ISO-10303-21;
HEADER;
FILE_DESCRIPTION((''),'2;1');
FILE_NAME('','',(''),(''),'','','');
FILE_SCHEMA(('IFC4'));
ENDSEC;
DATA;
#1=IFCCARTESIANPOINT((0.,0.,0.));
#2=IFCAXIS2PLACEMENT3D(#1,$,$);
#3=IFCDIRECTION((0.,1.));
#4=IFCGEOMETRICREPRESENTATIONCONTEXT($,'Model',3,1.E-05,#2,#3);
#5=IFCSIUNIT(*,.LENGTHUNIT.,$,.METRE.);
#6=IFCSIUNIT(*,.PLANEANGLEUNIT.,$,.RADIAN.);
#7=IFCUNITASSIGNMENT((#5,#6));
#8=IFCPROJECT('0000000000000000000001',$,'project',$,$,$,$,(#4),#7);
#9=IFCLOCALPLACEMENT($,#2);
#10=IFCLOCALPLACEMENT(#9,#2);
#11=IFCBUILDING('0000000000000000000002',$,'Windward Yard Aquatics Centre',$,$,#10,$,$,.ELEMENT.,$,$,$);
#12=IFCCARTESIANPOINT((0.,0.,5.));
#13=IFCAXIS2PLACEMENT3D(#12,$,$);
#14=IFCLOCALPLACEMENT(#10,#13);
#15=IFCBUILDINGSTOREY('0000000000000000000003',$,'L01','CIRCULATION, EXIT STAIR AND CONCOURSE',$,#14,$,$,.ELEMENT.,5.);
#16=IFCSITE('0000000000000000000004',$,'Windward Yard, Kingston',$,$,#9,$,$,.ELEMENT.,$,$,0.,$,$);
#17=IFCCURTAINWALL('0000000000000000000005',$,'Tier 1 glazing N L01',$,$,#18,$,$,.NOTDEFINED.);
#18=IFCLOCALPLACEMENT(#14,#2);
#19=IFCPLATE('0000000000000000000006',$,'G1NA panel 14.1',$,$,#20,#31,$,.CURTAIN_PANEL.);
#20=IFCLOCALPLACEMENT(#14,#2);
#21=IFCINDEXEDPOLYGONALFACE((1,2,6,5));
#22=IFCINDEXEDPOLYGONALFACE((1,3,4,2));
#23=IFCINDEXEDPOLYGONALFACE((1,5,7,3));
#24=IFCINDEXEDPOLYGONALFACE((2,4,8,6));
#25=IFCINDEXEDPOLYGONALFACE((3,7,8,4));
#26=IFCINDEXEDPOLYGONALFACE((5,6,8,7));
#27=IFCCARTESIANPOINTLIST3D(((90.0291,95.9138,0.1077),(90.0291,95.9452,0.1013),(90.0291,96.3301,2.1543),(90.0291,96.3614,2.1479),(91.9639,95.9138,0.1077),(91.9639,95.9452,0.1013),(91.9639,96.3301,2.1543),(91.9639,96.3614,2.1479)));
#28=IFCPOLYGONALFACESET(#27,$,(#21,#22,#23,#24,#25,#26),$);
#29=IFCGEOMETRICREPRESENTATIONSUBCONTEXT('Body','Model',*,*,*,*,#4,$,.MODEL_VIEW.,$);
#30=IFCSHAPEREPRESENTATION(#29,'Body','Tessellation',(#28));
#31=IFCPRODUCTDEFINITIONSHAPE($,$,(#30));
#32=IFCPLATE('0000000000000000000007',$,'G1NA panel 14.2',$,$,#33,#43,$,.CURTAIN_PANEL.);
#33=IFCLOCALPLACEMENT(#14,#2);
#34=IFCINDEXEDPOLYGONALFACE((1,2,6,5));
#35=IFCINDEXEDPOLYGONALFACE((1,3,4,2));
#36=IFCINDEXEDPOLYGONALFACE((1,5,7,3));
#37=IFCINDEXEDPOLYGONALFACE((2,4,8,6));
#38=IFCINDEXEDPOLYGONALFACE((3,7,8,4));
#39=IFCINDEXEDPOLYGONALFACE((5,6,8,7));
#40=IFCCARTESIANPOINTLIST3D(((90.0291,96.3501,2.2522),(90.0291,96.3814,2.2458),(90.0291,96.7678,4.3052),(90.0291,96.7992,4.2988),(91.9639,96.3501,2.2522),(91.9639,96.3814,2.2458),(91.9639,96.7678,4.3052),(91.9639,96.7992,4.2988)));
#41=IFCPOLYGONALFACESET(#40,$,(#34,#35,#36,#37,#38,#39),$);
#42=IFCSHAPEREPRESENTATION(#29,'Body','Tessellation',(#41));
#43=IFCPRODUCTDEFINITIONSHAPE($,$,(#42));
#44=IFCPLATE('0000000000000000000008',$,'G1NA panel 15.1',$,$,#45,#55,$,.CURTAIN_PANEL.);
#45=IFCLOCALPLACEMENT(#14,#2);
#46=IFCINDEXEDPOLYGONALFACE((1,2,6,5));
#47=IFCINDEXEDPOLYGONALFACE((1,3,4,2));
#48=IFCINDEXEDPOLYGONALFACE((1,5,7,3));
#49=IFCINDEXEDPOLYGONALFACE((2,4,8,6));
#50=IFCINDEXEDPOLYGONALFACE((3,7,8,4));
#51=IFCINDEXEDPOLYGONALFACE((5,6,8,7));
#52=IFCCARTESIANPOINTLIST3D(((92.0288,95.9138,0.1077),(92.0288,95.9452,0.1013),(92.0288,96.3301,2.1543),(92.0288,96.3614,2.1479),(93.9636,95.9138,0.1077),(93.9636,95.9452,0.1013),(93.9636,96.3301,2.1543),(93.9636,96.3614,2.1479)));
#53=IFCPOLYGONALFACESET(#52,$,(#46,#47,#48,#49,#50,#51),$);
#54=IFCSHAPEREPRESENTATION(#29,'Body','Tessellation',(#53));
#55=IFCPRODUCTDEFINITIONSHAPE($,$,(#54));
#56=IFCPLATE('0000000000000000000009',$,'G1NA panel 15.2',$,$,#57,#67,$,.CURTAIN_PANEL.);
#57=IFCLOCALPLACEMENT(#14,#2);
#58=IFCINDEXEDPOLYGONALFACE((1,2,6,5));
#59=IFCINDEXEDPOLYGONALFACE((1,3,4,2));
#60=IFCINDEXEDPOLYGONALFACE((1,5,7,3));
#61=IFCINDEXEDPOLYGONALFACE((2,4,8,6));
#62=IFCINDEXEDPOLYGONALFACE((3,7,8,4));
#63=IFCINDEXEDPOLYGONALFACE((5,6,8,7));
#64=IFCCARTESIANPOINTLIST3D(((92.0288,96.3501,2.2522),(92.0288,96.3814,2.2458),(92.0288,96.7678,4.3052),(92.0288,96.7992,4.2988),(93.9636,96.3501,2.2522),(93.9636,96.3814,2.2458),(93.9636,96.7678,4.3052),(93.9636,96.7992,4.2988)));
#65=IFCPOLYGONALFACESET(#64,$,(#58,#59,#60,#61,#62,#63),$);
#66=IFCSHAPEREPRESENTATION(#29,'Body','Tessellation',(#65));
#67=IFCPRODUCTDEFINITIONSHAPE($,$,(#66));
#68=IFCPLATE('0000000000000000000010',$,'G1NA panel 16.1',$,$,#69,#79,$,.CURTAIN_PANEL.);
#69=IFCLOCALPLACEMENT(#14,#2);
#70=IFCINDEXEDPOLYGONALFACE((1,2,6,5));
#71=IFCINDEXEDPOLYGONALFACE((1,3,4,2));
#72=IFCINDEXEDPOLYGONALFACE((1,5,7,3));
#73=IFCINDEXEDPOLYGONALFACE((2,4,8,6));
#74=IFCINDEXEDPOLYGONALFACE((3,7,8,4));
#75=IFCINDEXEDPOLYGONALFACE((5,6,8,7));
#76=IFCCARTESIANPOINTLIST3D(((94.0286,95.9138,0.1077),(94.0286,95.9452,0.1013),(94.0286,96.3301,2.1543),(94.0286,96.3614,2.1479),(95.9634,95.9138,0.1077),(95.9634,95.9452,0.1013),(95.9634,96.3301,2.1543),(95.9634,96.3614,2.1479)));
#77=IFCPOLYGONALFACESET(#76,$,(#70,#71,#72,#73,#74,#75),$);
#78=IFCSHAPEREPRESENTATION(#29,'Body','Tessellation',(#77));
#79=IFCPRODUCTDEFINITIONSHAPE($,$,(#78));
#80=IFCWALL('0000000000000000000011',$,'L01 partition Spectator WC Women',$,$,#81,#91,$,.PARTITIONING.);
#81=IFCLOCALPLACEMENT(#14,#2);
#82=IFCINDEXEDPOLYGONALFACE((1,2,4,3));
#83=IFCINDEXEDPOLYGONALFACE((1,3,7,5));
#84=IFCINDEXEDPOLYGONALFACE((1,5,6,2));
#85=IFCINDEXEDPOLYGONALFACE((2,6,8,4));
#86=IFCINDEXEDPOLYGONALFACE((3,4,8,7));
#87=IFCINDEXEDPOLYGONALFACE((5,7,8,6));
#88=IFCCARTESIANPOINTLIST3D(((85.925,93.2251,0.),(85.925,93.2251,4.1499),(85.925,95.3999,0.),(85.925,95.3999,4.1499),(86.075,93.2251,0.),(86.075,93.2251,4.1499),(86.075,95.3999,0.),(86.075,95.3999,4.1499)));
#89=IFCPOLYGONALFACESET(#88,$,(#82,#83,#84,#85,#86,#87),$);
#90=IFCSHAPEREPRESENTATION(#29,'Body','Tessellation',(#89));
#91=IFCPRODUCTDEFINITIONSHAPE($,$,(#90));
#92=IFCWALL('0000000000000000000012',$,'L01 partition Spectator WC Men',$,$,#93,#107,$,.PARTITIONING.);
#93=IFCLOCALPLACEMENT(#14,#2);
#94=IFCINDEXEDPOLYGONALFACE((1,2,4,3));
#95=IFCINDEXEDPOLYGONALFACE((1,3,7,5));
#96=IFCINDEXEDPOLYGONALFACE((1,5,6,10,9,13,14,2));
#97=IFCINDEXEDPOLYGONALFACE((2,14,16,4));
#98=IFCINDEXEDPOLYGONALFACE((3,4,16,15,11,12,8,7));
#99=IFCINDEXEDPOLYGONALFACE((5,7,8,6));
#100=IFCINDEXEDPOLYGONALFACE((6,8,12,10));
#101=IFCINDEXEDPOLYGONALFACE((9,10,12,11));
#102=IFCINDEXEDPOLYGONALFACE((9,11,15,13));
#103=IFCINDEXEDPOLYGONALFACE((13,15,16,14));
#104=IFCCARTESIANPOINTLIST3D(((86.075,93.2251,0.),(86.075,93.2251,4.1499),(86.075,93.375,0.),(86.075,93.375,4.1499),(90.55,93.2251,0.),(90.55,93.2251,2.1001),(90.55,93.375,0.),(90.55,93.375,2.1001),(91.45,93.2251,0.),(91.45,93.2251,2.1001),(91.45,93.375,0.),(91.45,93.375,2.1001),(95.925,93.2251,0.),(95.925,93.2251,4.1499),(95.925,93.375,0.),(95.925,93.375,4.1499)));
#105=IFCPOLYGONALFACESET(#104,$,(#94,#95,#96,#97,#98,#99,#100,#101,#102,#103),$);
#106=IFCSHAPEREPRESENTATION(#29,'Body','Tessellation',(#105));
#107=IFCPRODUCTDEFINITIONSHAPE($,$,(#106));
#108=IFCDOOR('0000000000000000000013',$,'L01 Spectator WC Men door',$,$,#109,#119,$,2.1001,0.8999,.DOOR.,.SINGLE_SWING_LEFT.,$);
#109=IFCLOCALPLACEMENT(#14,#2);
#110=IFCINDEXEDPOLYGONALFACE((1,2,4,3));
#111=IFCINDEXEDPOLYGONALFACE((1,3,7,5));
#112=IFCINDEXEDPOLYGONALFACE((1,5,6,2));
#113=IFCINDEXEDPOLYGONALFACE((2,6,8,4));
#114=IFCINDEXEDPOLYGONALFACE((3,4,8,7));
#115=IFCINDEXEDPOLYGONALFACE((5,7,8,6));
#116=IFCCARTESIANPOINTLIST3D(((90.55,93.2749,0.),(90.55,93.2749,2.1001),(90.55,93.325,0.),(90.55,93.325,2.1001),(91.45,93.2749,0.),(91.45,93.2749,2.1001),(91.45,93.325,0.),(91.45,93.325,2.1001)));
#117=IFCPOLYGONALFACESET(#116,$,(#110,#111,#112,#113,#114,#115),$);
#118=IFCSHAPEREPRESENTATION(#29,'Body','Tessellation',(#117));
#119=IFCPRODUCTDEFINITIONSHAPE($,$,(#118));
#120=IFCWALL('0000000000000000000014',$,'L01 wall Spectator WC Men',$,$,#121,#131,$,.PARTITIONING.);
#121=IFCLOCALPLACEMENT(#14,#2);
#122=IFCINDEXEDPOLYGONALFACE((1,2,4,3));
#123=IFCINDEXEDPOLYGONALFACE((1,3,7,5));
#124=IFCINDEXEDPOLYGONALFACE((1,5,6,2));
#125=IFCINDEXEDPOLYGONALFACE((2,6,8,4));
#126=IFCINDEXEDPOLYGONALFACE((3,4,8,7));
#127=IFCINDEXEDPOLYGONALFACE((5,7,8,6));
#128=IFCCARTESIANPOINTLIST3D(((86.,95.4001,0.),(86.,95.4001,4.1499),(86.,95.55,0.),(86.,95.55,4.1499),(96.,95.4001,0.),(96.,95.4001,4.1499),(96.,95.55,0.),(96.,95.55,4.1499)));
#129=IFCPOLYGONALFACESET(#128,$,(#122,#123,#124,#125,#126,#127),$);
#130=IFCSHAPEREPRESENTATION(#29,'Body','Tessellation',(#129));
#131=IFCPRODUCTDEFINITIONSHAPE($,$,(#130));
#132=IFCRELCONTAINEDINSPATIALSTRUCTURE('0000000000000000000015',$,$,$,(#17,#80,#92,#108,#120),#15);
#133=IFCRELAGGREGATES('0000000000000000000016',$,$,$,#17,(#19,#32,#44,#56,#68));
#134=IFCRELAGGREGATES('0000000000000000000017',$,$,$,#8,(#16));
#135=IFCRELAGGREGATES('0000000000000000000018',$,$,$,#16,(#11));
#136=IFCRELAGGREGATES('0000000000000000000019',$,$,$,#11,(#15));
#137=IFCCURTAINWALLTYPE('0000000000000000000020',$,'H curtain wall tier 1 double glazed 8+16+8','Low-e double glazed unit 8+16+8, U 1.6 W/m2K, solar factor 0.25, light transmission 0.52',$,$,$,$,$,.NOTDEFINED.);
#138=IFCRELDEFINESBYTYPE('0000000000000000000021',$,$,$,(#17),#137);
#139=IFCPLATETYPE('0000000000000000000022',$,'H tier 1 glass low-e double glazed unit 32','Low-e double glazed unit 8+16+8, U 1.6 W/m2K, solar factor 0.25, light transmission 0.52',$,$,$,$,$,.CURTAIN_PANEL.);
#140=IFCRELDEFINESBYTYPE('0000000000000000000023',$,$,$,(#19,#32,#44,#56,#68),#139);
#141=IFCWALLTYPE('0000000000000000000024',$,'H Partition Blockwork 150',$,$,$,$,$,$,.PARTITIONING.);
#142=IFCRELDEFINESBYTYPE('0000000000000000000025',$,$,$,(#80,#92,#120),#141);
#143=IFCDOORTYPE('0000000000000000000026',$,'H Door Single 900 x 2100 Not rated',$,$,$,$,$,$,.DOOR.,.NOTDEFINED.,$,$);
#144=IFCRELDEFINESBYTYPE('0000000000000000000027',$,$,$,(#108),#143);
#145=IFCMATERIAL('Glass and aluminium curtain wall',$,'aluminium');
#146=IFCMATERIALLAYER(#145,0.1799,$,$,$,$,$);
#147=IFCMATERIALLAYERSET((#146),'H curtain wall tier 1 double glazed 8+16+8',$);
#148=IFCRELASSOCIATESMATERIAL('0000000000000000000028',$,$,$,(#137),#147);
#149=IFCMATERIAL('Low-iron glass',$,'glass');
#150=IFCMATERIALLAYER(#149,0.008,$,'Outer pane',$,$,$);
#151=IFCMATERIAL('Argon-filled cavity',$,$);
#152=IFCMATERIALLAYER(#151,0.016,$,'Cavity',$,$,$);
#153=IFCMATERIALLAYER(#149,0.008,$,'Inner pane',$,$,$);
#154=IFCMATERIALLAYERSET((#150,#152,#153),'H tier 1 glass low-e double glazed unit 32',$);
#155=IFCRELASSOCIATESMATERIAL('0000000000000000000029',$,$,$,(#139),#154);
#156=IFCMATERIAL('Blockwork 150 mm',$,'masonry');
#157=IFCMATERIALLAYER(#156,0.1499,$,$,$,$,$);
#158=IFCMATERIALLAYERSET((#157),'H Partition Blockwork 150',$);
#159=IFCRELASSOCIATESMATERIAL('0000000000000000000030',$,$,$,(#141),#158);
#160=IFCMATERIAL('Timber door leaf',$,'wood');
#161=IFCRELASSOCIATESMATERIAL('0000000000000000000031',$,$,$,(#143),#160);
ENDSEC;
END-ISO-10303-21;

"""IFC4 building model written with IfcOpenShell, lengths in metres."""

from ifc_helpers import new_model, si_unit, direction, frame, frame_2d, origin, place, context, subcontext, project, spatial, polyline, rectangle, outline, extrude, material, layer, layer_set, type_object, element, fill, aggregate, save


model = new_model("IFC4")

# Units and contexts
model_context = context("Model", 3, precision=1e-05, world=origin(), true_north=direction((0.0, 1.0)))
body_context = subcontext(model_context, "Body", "Model", "MODEL_VIEW")
ifc_project = project(units=[si_unit("LENGTHUNIT", "METRE"), si_unit("PLANEANGLEUNIT", "RADIAN")], contexts=[model_context])

# Site, building, storey
site_placement = place(None, origin())
site = spatial("IfcSite", under=ifc_project, at=site_placement, Name="Windward Yard, Kingston", CompositionType="ELEMENT", RefElevation=0.0)
building_placement = place(site_placement, origin())
building = spatial("IfcBuilding", under=site, at=building_placement, Name="Windward Yard Aquatics Centre", CompositionType="ELEMENT")
storey_placement = place(building_placement, frame((0.0, 0.0, 5.0)))
storey = spatial("IfcBuildingStorey", under=building, at=storey_placement, Name="L01", Description="CIRCULATION, EXIT STAIR AND CONCOURSE", CompositionType="ELEMENT", Elevation=5.0)

# Curtain wall, plates
ifc_material_1 = material(Name="Glass and aluminium curtain wall", Category="aluminium")
ifc_layer_1 = layer(ifc_material_1, 0.1799)
ifc_layer_set_1 = layer_set([ifc_layer_1], Name="H curtain wall tier 1 double glazed 8+16+8")
curtain_wall_type = type_object("IfcCurtainWallType", Name="H curtain wall tier 1 double glazed 8+16+8", Description="Low-e double glazed unit 8+16+8, U 1.6 W/m2K, solar factor 0.25, light transmission 0.52", PredefinedType="NOTDEFINED", material=ifc_layer_set_1)
curtain_wall_placement = place(storey_placement, origin())
curtain_wall = element("IfcCurtainWall", 1, at=curtain_wall_placement, inside=storey, type_object=curtain_wall_type, Name="Tier 1 glazing N L01", PredefinedType="NOTDEFINED")
ifc_material_2 = material(Name="Low-iron glass", Category="glass")
ifc_layer_2 = layer(ifc_material_2, 0.008, Name="Outer pane")
ifc_material_3 = material(Name="Argon-filled cavity")
ifc_layer_3 = layer(ifc_material_3, 0.016, Name="Cavity")
ifc_layer_4 = layer(ifc_material_2, 0.008, Name="Inner pane")
ifc_layer_set_2 = layer_set([ifc_layer_2, ifc_layer_3, ifc_layer_4], Name="H tier 1 glass low-e double glazed unit 32")
plate_type = type_object("IfcPlateType", Name="H tier 1 glass low-e double glazed unit 32", Description="Low-e double glazed unit 8+16+8, U 1.6 W/m2K, solar factor 0.25, light transmission 0.52", PredefinedType="CURTAIN_PANEL", material=ifc_layer_set_2)
plate_1_placement = place(storey_placement, frame((90.0291, 95.9138, 0.1077), z_axis=(0.0, -0.979937, 0.199307), x_axis=(1.0, 0.0, 0.0)))
plate_1 = element("IfcPlate", 2, at=plate_1_placement, type_object=plate_type, Name="G1NA panel 14.1", PredefinedType="CURTAIN_PANEL", context=body_context, shape_type="SweptSolid", body=[
    extrude(outline(polyline([(0.0, 0.0), (1.9348, 0.0), (1.9348, 2.0885), (0.0, 2.0885), (0.0, 0.0)])), origin(), (0.0, 0.0, -1.0), 0.032),
])
plate_2_placement = place(storey_placement, frame((90.0291, 96.3501, 2.2522), z_axis=(0.0, -0.979921, 0.199387), x_axis=(1.0, 0.0, 0.0)))
plate_2 = element("IfcPlate", 3, at=plate_2_placement, type_object=plate_type, Name="G1NA panel 14.2", PredefinedType="CURTAIN_PANEL", context=body_context, shape_type="SweptSolid", body=[
    extrude(outline(polyline([(0.0, 0.0), (1.9348, 0.0), (1.9348, 2.095), (0.0, 2.095), (0.0, 0.0)])), origin(), (0.0, 0.0, -1.0), 0.032),
])
plate_3_placement = place(storey_placement, frame((92.0288, 95.9138, 0.1077), z_axis=(0.0, -0.979937, 0.199307), x_axis=(1.0, 0.0, 0.0)))
plate_3 = element("IfcPlate", 4, at=plate_3_placement, type_object=plate_type, Name="G1NA panel 15.1", PredefinedType="CURTAIN_PANEL", context=body_context, shape_type="SweptSolid", body=[
    extrude(outline(polyline([(0.0, 0.0), (1.9348, 0.0), (1.9348, 2.0885), (0.0, 2.0885), (0.0, 0.0)])), origin(), (0.0, 0.0, -1.0), 0.032),
])
plate_4_placement = place(storey_placement, frame((92.0288, 96.3501, 2.2522), z_axis=(0.0, -0.979921, 0.199387), x_axis=(1.0, 0.0, 0.0)))
plate_4 = element("IfcPlate", 5, at=plate_4_placement, type_object=plate_type, Name="G1NA panel 15.2", PredefinedType="CURTAIN_PANEL", context=body_context, shape_type="SweptSolid", body=[
    extrude(outline(polyline([(0.0, 0.0), (1.9348, 0.0), (1.9348, 2.095), (0.0, 2.095), (0.0, 0.0)])), origin(), (0.0, 0.0, -1.0), 0.032),
])
plate_5_placement = place(storey_placement, frame((94.0286, 95.9138, 0.1077), z_axis=(0.0, -0.979937, 0.199307), x_axis=(1.0, 0.0, 0.0)))
plate_5 = element("IfcPlate", 6, at=plate_5_placement, type_object=plate_type, Name="G1NA panel 16.1", PredefinedType="CURTAIN_PANEL", context=body_context, shape_type="SweptSolid", body=[
    extrude(outline(polyline([(0.0, 0.0), (1.9348, 0.0), (1.9348, 2.0885), (0.0, 2.0885), (0.0, 0.0)])), origin(), (0.0, 0.0, -1.0), 0.032),
])
aggregate(curtain_wall, [plate_1, plate_2, plate_3, plate_4, plate_5])

# Wall
ifc_material_4 = material(Name="Blockwork 150 mm", Category="masonry")
ifc_layer_5 = layer(ifc_material_4, 0.1499)
ifc_layer_set_3 = layer_set([ifc_layer_5], Name="H Partition Blockwork 150")
wall_type = type_object("IfcWallType", Name="H Partition Blockwork 150", PredefinedType="PARTITIONING", material=ifc_layer_set_3)
wall_1_placement = place(storey_placement, frame((86.0, 95.3999, 0.0), z_axis=(0.0, 0.0, 1.0), x_axis=(0.0, -1.0, 0.0)))
element("IfcWall", 7, at=wall_1_placement, inside=storey, type_object=wall_type, Name="L01 partition Spectator WC Women", PredefinedType="PARTITIONING", context=body_context, shape_type="SweptSolid", body=[
    extrude(rectangle(XDim=2.1748, YDim=0.1499, at=frame_2d((1.0874, 0.0))), origin(), (0.0, 0.0, 1.0), 4.1499),
])

# Wall, opening, door
wall_2_placement = place(storey_placement, frame((86.075, 93.3, 0.0), z_axis=(0.0, 0.0, 1.0), x_axis=(1.0, 0.0, 0.0)))
wall_2 = element("IfcWall", 8, at=wall_2_placement, inside=storey, type_object=wall_type, Name="L01 partition Spectator WC Men", PredefinedType="PARTITIONING", context=body_context, shape_type="SweptSolid", body=[
    extrude(rectangle(XDim=9.8501, YDim=0.1499, at=frame_2d((4.925, 0.0))), origin(), (0.0, 0.0, 1.0), 4.1499),
])
opening_placement = place(wall_2_placement, frame((4.4751, 0.0, 0.0)))
opening = element("IfcOpeningElement", 9, at=opening_placement, cuts=wall_2, PredefinedType="OPENING", context=body_context, shape_type="SweptSolid", body=[
    extrude(rectangle(XDim=0.8999, YDim=2.1001, at=frame_2d((0.45, 1.05))), frame((0.0, 0.085, 0.0), z_axis=(0.0, -1.0, 0.0), x_axis=(1.0, 0.0, 0.0)), (0.0, 0.0, 1.0), 0.1699),
])
ifc_material_5 = material(Name="Timber door leaf", Category="wood")
door_type = type_object("IfcDoorType", Name="H Door Single 900 x 2100 Not rated", OperationType="NOTDEFINED", PredefinedType="DOOR", material=ifc_material_5)
door_placement = place(opening_placement, origin())
door = element("IfcDoor", 10, at=door_placement, inside=storey, type_object=door_type, Name="L01 Spectator WC Men door", OperationType="SINGLE_SWING_LEFT", OverallHeight=2.1001, OverallWidth=0.8999, PredefinedType="DOOR", context=body_context, shape_type="SweptSolid", body=[
    extrude(rectangle(XDim=0.8999, YDim=2.1001, at=frame_2d((0.45, 1.05))), frame((0.0, 0.0249, 0.0), z_axis=(0.0, -1.0, 0.0), x_axis=(1.0, 0.0, 0.0)), (0.0, 0.0, 1.0), 0.05),
])
fill(opening, door)

# Wall
wall_3_placement = place(storey_placement, frame((86.0, 95.4751, 0.0), z_axis=(0.0, 0.0, 1.0), x_axis=(1.0, 0.0, 0.0)))
element("IfcWall", 11, at=wall_3_placement, inside=storey, type_object=wall_type, Name="L01 wall Spectator WC Men", PredefinedType="PARTITIONING", context=body_context, shape_type="SweptSolid", body=[
    extrude(rectangle(XDim=10.0, YDim=0.1499, at=frame_2d((5.0, 0.0))), origin(), (0.0, 0.0, 1.0), 4.1499),
])

save(model, "model.ifc")
